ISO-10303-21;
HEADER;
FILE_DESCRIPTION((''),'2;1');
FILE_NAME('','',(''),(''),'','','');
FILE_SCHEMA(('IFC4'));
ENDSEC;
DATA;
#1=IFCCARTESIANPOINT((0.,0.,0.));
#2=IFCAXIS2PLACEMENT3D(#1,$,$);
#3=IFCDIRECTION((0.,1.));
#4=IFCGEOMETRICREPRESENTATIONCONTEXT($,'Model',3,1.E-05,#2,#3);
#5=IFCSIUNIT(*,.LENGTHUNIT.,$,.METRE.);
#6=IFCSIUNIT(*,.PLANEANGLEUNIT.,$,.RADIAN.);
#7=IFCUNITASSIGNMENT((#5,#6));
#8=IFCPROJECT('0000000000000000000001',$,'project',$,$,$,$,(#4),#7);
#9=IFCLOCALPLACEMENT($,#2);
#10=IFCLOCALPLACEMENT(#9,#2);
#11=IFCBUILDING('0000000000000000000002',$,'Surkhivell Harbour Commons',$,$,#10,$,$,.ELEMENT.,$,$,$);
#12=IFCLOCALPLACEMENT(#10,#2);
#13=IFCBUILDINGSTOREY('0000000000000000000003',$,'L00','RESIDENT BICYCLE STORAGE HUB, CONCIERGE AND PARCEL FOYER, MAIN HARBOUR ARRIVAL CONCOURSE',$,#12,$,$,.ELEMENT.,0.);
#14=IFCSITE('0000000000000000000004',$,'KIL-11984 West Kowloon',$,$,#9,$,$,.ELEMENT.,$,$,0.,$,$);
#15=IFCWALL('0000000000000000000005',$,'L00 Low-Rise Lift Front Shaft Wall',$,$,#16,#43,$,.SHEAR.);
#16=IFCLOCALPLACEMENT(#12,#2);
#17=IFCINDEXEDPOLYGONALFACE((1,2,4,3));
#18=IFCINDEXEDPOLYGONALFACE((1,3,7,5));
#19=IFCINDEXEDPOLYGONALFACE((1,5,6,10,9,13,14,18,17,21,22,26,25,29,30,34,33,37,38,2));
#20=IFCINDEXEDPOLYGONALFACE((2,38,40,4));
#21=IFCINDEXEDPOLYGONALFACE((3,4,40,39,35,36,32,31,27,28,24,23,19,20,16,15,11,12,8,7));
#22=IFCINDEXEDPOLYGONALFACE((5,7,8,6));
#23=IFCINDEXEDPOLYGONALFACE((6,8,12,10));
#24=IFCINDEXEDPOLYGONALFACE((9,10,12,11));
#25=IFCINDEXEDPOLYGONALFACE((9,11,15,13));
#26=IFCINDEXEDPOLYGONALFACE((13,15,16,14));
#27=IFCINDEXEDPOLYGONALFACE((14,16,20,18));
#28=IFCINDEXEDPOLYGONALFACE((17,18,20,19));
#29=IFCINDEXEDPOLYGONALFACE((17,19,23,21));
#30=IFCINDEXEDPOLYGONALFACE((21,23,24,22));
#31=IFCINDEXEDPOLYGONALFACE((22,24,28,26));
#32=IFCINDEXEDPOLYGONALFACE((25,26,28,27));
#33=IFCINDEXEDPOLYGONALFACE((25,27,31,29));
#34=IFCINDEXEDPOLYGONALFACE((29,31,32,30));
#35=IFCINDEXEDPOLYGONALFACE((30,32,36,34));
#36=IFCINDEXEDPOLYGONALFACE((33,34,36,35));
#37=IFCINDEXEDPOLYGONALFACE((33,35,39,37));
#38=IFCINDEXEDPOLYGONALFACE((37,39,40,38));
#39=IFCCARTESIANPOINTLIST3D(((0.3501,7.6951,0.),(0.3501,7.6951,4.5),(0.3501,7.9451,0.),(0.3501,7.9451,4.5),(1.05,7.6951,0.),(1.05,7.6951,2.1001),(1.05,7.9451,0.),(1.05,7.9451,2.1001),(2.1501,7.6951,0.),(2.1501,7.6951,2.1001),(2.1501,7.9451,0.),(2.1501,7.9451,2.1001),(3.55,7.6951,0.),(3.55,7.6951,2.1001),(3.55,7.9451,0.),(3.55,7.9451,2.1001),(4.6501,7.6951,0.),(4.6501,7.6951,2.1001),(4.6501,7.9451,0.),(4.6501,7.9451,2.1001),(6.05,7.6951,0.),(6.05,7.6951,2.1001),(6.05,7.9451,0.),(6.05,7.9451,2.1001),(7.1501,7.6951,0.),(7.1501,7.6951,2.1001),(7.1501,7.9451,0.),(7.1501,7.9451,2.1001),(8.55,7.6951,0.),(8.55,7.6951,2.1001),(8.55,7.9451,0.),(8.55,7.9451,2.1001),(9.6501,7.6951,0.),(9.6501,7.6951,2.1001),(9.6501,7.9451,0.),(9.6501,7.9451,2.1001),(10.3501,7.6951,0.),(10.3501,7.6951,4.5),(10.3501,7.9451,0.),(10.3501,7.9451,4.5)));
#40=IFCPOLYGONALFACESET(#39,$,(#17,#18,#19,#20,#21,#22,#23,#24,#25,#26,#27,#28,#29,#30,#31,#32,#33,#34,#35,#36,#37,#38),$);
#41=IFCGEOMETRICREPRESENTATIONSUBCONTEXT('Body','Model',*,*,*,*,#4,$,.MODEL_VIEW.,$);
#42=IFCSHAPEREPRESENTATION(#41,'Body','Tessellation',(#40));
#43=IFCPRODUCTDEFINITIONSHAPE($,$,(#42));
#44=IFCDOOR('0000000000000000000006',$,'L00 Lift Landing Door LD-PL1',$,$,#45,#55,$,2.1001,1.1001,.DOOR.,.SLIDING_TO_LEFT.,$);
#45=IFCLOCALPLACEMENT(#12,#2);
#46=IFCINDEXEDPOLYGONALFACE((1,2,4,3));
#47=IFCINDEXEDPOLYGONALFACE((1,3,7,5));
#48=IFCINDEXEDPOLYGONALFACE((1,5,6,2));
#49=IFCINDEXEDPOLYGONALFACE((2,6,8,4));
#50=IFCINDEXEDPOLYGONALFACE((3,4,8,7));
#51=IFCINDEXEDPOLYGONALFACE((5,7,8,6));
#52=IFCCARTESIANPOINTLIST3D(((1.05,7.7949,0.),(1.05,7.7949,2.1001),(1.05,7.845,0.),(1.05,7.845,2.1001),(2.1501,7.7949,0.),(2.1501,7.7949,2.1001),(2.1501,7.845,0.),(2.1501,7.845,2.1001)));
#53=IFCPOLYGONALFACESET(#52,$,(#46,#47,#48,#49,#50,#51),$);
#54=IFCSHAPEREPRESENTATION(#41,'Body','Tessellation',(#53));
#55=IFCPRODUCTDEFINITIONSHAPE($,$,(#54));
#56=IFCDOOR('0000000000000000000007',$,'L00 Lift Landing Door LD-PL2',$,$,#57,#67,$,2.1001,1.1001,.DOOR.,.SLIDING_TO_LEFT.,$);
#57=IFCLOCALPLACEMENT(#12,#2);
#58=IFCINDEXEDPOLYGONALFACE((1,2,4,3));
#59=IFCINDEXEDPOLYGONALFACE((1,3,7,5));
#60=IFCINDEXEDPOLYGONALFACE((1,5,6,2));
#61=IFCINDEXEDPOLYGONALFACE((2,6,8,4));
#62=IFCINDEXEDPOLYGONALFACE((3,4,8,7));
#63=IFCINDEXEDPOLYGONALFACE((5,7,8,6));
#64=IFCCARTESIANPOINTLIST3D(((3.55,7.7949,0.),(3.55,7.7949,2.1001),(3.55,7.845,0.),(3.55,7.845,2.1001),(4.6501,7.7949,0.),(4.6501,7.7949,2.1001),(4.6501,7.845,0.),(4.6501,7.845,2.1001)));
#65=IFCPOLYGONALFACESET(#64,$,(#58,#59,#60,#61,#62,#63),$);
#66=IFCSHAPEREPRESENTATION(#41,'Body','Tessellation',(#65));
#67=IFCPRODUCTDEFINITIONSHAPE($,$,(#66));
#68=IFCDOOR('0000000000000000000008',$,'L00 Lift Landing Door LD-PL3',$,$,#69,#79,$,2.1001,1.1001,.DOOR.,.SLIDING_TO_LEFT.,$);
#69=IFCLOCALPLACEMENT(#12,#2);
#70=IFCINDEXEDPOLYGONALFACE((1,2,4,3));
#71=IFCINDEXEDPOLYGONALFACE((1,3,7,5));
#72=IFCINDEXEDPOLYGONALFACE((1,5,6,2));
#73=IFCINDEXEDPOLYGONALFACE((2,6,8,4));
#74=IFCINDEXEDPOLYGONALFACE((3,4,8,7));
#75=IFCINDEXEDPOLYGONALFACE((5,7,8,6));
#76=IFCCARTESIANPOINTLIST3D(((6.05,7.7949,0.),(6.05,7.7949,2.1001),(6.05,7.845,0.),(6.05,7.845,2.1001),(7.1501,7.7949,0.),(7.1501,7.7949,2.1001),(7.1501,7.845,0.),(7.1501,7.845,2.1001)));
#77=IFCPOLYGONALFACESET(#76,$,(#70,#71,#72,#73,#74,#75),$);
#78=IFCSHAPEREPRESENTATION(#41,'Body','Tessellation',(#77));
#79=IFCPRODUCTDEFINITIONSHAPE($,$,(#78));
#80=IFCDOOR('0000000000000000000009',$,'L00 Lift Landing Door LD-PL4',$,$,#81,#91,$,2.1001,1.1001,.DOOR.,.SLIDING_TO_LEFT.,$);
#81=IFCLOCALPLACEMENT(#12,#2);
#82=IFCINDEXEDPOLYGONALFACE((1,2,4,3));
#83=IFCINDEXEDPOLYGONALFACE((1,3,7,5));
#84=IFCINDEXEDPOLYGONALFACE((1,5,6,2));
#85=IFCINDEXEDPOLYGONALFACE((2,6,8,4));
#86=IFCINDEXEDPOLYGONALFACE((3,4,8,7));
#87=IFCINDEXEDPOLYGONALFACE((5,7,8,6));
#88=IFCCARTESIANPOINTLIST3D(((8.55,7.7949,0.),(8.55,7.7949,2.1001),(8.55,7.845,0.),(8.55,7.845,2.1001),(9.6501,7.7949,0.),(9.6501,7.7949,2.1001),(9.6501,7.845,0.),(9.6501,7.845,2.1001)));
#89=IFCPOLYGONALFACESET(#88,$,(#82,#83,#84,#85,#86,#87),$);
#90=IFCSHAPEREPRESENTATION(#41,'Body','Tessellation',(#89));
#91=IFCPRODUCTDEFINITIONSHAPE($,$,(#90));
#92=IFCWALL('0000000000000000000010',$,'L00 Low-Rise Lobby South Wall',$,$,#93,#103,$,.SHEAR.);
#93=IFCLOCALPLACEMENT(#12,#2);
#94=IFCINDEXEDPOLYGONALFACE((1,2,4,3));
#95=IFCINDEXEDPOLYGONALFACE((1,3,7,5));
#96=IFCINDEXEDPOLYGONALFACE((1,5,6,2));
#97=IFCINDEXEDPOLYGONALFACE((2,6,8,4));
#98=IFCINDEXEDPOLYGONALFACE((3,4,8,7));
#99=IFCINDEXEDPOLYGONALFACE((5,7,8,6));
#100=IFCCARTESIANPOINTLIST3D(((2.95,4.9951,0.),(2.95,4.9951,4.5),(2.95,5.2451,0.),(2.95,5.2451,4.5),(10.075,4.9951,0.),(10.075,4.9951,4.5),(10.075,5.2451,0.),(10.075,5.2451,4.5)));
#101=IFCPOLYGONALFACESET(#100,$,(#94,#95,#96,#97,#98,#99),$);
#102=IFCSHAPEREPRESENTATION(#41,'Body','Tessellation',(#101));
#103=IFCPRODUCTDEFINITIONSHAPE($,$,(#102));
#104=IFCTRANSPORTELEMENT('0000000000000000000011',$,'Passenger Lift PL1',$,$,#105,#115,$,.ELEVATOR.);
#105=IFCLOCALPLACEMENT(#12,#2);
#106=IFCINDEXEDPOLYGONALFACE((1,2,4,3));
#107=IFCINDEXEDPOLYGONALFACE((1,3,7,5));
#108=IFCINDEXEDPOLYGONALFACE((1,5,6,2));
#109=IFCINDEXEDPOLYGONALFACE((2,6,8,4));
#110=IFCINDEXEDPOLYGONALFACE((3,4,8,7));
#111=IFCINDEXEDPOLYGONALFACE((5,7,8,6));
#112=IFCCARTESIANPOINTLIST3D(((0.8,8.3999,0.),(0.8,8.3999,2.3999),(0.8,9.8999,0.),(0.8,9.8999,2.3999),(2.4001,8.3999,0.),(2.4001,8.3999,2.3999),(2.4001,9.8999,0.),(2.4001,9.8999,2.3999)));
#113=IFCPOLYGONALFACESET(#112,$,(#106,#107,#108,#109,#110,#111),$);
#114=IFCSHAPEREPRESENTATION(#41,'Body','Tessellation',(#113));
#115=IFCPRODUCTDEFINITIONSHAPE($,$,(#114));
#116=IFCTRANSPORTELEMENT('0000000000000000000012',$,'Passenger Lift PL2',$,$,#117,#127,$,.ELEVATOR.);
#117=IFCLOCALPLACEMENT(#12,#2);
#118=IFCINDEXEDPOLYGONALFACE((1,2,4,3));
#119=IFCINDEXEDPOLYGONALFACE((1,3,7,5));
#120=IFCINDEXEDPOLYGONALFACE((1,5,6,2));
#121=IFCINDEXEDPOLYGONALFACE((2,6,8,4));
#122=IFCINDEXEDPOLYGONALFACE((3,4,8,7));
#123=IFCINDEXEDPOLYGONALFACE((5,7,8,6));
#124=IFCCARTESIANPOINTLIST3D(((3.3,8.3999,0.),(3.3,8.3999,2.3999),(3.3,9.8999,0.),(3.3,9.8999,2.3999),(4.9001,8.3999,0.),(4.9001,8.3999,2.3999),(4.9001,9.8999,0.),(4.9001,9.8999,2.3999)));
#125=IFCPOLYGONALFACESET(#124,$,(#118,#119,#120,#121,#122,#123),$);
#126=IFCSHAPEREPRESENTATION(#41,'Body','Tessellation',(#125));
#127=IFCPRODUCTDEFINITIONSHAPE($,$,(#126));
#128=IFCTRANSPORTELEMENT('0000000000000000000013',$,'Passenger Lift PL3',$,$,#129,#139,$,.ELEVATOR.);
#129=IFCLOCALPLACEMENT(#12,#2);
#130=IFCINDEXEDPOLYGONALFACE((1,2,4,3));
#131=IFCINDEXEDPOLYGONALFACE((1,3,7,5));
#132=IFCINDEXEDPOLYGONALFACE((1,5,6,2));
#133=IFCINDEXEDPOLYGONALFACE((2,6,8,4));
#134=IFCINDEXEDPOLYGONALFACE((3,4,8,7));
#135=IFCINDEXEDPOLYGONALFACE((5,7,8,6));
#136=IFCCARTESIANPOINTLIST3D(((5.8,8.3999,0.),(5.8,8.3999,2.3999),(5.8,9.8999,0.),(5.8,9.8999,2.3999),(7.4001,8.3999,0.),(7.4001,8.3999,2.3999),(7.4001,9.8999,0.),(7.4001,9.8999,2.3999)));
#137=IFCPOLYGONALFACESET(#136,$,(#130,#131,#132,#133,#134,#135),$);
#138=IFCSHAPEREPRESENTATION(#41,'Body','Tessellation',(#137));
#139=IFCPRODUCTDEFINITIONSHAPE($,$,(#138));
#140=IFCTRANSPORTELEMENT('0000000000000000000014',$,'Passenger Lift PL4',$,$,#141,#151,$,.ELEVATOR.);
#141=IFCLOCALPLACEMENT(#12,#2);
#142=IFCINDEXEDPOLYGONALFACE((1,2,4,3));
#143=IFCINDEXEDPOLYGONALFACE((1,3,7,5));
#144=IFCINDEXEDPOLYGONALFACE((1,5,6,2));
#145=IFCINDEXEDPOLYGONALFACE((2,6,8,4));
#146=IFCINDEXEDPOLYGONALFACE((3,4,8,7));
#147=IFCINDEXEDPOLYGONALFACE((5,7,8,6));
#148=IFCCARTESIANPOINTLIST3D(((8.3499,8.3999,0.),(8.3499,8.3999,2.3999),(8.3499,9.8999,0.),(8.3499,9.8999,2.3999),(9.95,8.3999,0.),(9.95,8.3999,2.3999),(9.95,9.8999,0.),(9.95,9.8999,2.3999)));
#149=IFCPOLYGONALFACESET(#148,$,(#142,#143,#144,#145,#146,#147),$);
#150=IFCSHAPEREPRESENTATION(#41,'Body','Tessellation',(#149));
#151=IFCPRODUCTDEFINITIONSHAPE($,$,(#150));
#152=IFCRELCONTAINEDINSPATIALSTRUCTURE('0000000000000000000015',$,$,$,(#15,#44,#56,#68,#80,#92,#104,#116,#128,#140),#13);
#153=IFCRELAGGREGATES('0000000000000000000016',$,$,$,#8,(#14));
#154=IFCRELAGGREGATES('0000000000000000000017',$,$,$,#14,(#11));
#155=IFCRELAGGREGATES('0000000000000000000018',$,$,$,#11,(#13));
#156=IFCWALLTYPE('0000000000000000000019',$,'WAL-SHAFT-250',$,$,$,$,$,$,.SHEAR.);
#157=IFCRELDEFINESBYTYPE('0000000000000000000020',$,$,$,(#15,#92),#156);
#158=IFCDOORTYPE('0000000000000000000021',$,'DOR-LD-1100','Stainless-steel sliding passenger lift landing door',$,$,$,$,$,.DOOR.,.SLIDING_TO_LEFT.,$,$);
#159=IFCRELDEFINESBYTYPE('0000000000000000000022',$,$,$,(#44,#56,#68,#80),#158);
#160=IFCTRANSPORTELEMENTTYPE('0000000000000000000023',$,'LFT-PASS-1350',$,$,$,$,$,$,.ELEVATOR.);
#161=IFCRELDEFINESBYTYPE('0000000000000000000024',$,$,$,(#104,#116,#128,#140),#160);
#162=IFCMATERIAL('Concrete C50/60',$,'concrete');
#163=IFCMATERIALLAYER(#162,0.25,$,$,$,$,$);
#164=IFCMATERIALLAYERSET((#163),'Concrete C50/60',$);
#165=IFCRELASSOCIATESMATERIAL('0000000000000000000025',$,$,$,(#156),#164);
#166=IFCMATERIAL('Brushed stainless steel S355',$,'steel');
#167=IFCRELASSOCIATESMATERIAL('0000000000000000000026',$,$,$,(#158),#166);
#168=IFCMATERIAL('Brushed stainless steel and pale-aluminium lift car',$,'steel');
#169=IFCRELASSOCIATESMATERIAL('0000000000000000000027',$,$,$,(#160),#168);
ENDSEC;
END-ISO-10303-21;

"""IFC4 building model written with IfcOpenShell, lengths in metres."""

from ifc_helpers import new_model, si_unit, direction, frame, frame_2d, origin, origin_2d, place, context, subcontext, project, spatial, rectangle, extrude, material, layer, layer_set, type_object, element, fill, save


model = new_model("IFC4")

# Units and contexts
model_context = context("Model", 3, precision=1e-05, world=origin(), true_north=direction((0.0, 1.0)))
body_context = subcontext(model_context, "Body", "Model", "MODEL_VIEW")
ifc_project = project(units=[si_unit("LENGTHUNIT", "METRE"), si_unit("PLANEANGLEUNIT", "RADIAN")], contexts=[model_context])

# Site, building, storey
site_placement = place(None, origin())
site = spatial("IfcSite", under=ifc_project, at=site_placement, Name="KIL-11984 West Kowloon", CompositionType="ELEMENT", RefElevation=0.0)
building_placement = place(site_placement, origin())
building = spatial("IfcBuilding", under=site, at=building_placement, Name="Surkhivell Harbour Commons", CompositionType="ELEMENT")
storey_placement = place(building_placement, origin())
storey = spatial("IfcBuildingStorey", under=building, at=storey_placement, Name="L00", Description="RESIDENT BICYCLE STORAGE HUB, CONCIERGE AND PARCEL FOYER, MAIN HARBOUR ARRIVAL CONCOURSE", CompositionType="ELEMENT", Elevation=0.0)

# Shared definitions
ifc_material_1 = material(Name="Concrete C50/60", Category="concrete")
ifc_layer_1 = layer(ifc_material_1, 0.25)
ifc_layer_set_1 = layer_set([ifc_layer_1], Name="Concrete C50/60")
wall_type_1 = type_object("IfcWallType", Name="WAL-SHAFT-250", PredefinedType="SHEAR", material=ifc_layer_set_1)

# Wall, openings, doors
wall_1_placement = place(storey_placement, frame((0.3501, 7.8201, 0.0), z_axis=(0.0, 0.0, 1.0), x_axis=(1.0, 0.0, 0.0)))
wall_1 = element("IfcWall", 1, at=wall_1_placement, inside=storey, type_object=wall_type_1, Name="L00 Low-Rise Lift Front Shaft Wall", PredefinedType="SHEAR", context=body_context, shape_type="SweptSolid", body=[
    extrude(rectangle(XDim=10.0, YDim=0.25, at=frame_2d((5.0, 0.0))), origin(), (0.0, 0.0, 1.0), 4.5),
])
opening_1_placement = place(wall_1_placement, frame((0.7, 0.0, 0.0)))
opening_1 = element("IfcOpeningElement", 2, at=opening_1_placement, cuts=wall_1, PredefinedType="OPENING", context=body_context, shape_type="SweptSolid", body=[
    extrude(rectangle(XDim=1.1001, YDim=2.1001, at=frame_2d((0.55, 1.05))), frame((0.0, 0.135, 0.0), z_axis=(0.0, -1.0, 0.0), x_axis=(1.0, 0.0, 0.0)), (0.0, 0.0, 1.0), 0.27),
])
opening_2_placement = place(wall_1_placement, frame((3.2, 0.0, 0.0)))
opening_2 = element("IfcOpeningElement", 3, at=opening_2_placement, cuts=wall_1, PredefinedType="OPENING", context=body_context, shape_type="SweptSolid", body=[
    extrude(rectangle(XDim=1.1001, YDim=2.1001, at=frame_2d((0.55, 1.05))), frame((0.0, 0.135, 0.0), z_axis=(0.0, -1.0, 0.0), x_axis=(1.0, 0.0, 0.0)), (0.0, 0.0, 1.0), 0.27),
])
opening_3_placement = place(wall_1_placement, frame((5.7, 0.0, 0.0)))
opening_3 = element("IfcOpeningElement", 4, at=opening_3_placement, cuts=wall_1, PredefinedType="OPENING", context=body_context, shape_type="SweptSolid", body=[
    extrude(rectangle(XDim=1.1001, YDim=2.1001, at=frame_2d((0.55, 1.05))), frame((0.0, 0.135, 0.0), z_axis=(0.0, -1.0, 0.0), x_axis=(1.0, 0.0, 0.0)), (0.0, 0.0, 1.0), 0.27),
])
opening_4_placement = place(wall_1_placement, frame((8.2, 0.0, 0.0)))
opening_4 = element("IfcOpeningElement", 5, at=opening_4_placement, cuts=wall_1, PredefinedType="OPENING", context=body_context, shape_type="SweptSolid", body=[
    extrude(rectangle(XDim=1.1001, YDim=2.1001, at=frame_2d((0.55, 1.05))), frame((0.0, 0.135, 0.0), z_axis=(0.0, -1.0, 0.0), x_axis=(1.0, 0.0, 0.0)), (0.0, 0.0, 1.0), 0.27),
])
ifc_material_2 = material(Name="Brushed stainless steel S355", Category="steel")
door_type = type_object("IfcDoorType", Name="DOR-LD-1100", Description="Stainless-steel sliding passenger lift landing door", OperationType="SLIDING_TO_LEFT", PredefinedType="DOOR", material=ifc_material_2)
door_1_placement = place(opening_1_placement, origin())
door_1 = element("IfcDoor", 6, at=door_1_placement, inside=storey, type_object=door_type, Name="L00 Lift Landing Door LD-PL1", OperationType="SLIDING_TO_LEFT", OverallHeight=2.1001, OverallWidth=1.1001, PredefinedType="DOOR", context=body_context, shape_type="SweptSolid", body=[
    extrude(rectangle(XDim=1.1001, YDim=2.1001, at=frame_2d((0.55, 1.05))), frame((0.0, 0.0249, 0.0), z_axis=(0.0, -1.0, 0.0), x_axis=(1.0, 0.0, 0.0)), (0.0, 0.0, 1.0), 0.05),
])
fill(opening_1, door_1)
door_2_placement = place(opening_2_placement, origin())
door_2 = element("IfcDoor", 7, at=door_2_placement, inside=storey, type_object=door_type, Name="L00 Lift Landing Door LD-PL2", OperationType="SLIDING_TO_LEFT", OverallHeight=2.1001, OverallWidth=1.1001, PredefinedType="DOOR", context=body_context, shape_type="SweptSolid", body=[
    extrude(rectangle(XDim=1.1001, YDim=2.1001, at=frame_2d((0.55, 1.05))), frame((0.0, 0.0249, 0.0), z_axis=(0.0, -1.0, 0.0), x_axis=(1.0, 0.0, 0.0)), (0.0, 0.0, 1.0), 0.05),
])
fill(opening_2, door_2)
door_3_placement = place(opening_3_placement, origin())
door_3 = element("IfcDoor", 8, at=door_3_placement, inside=storey, type_object=door_type, Name="L00 Lift Landing Door LD-PL3", OperationType="SLIDING_TO_LEFT", OverallHeight=2.1001, OverallWidth=1.1001, PredefinedType="DOOR", context=body_context, shape_type="SweptSolid", body=[
    extrude(rectangle(XDim=1.1001, YDim=2.1001, at=frame_2d((0.55, 1.05))), frame((0.0, 0.0249, 0.0), z_axis=(0.0, -1.0, 0.0), x_axis=(1.0, 0.0, 0.0)), (0.0, 0.0, 1.0), 0.05),
])
fill(opening_3, door_3)
door_4_placement = place(opening_4_placement, origin())
door_4 = element("IfcDoor", 9, at=door_4_placement, inside=storey, type_object=door_type, Name="L00 Lift Landing Door LD-PL4", OperationType="SLIDING_TO_LEFT", OverallHeight=2.1001, OverallWidth=1.1001, PredefinedType="DOOR", context=body_context, shape_type="SweptSolid", body=[
    extrude(rectangle(XDim=1.1001, YDim=2.1001, at=frame_2d((0.55, 1.05))), frame((0.0, 0.0249, 0.0), z_axis=(0.0, -1.0, 0.0), x_axis=(1.0, 0.0, 0.0)), (0.0, 0.0, 1.0), 0.05),
])
fill(opening_4, door_4)

# Wall
wall_2_placement = place(storey_placement, frame((2.95, 5.1201, 0.0), z_axis=(0.0, 0.0, 1.0), x_axis=(1.0, 0.0, 0.0)))
element("IfcWall", 10, at=wall_2_placement, inside=storey, type_object=wall_type_1, Name="L00 Low-Rise Lobby South Wall", PredefinedType="SHEAR", context=body_context, shape_type="SweptSolid", body=[
    extrude(rectangle(XDim=7.125, YDim=0.25, at=frame_2d((3.5625, 0.0))), origin(), (0.0, 0.0, 1.0), 4.5),
])

# Transport elements
ifc_material_3 = material(Name="Brushed stainless steel and pale-aluminium lift car", Category="steel")
transport_element_type = type_object("IfcTransportElementType", Name="LFT-PASS-1350", PredefinedType="ELEVATOR", material=ifc_material_3)
for number, where, z_axis, x_axis, name in (
    (11, (1.6001, 9.1499, 0.0), (0.0, 0.0, 1.0), (1.0, 0.0, 0.0), "Passenger Lift PL1"),
    (12, (4.1001, 9.1499, 0.0), (0.0, 0.0, 1.0), (1.0, 0.0, 0.0), "Passenger Lift PL2"),
    (13, (6.6001, 9.1499, 0.0), (0.0, 0.0, 1.0), (1.0, 0.0, 0.0), "Passenger Lift PL3"),
    (14, (9.1499, 9.1499, 0.0), (0.0, 0.0, 1.0), (1.0, 0.0, 0.0), "Passenger Lift PL4"),
):
    element("IfcTransportElement", number, at=place(storey_placement, frame(where, z_axis=z_axis, x_axis=x_axis)), inside=storey, type_object=transport_element_type, Name=name, PredefinedType="ELEVATOR", context=body_context, shape_type="SweptSolid", body=[
        extrude(rectangle(XDim=1.6001, YDim=1.5, at=origin_2d()), origin(), (0.0, 0.0, 1.0), 2.3999),
    ])

save(model, "model.ifc")
